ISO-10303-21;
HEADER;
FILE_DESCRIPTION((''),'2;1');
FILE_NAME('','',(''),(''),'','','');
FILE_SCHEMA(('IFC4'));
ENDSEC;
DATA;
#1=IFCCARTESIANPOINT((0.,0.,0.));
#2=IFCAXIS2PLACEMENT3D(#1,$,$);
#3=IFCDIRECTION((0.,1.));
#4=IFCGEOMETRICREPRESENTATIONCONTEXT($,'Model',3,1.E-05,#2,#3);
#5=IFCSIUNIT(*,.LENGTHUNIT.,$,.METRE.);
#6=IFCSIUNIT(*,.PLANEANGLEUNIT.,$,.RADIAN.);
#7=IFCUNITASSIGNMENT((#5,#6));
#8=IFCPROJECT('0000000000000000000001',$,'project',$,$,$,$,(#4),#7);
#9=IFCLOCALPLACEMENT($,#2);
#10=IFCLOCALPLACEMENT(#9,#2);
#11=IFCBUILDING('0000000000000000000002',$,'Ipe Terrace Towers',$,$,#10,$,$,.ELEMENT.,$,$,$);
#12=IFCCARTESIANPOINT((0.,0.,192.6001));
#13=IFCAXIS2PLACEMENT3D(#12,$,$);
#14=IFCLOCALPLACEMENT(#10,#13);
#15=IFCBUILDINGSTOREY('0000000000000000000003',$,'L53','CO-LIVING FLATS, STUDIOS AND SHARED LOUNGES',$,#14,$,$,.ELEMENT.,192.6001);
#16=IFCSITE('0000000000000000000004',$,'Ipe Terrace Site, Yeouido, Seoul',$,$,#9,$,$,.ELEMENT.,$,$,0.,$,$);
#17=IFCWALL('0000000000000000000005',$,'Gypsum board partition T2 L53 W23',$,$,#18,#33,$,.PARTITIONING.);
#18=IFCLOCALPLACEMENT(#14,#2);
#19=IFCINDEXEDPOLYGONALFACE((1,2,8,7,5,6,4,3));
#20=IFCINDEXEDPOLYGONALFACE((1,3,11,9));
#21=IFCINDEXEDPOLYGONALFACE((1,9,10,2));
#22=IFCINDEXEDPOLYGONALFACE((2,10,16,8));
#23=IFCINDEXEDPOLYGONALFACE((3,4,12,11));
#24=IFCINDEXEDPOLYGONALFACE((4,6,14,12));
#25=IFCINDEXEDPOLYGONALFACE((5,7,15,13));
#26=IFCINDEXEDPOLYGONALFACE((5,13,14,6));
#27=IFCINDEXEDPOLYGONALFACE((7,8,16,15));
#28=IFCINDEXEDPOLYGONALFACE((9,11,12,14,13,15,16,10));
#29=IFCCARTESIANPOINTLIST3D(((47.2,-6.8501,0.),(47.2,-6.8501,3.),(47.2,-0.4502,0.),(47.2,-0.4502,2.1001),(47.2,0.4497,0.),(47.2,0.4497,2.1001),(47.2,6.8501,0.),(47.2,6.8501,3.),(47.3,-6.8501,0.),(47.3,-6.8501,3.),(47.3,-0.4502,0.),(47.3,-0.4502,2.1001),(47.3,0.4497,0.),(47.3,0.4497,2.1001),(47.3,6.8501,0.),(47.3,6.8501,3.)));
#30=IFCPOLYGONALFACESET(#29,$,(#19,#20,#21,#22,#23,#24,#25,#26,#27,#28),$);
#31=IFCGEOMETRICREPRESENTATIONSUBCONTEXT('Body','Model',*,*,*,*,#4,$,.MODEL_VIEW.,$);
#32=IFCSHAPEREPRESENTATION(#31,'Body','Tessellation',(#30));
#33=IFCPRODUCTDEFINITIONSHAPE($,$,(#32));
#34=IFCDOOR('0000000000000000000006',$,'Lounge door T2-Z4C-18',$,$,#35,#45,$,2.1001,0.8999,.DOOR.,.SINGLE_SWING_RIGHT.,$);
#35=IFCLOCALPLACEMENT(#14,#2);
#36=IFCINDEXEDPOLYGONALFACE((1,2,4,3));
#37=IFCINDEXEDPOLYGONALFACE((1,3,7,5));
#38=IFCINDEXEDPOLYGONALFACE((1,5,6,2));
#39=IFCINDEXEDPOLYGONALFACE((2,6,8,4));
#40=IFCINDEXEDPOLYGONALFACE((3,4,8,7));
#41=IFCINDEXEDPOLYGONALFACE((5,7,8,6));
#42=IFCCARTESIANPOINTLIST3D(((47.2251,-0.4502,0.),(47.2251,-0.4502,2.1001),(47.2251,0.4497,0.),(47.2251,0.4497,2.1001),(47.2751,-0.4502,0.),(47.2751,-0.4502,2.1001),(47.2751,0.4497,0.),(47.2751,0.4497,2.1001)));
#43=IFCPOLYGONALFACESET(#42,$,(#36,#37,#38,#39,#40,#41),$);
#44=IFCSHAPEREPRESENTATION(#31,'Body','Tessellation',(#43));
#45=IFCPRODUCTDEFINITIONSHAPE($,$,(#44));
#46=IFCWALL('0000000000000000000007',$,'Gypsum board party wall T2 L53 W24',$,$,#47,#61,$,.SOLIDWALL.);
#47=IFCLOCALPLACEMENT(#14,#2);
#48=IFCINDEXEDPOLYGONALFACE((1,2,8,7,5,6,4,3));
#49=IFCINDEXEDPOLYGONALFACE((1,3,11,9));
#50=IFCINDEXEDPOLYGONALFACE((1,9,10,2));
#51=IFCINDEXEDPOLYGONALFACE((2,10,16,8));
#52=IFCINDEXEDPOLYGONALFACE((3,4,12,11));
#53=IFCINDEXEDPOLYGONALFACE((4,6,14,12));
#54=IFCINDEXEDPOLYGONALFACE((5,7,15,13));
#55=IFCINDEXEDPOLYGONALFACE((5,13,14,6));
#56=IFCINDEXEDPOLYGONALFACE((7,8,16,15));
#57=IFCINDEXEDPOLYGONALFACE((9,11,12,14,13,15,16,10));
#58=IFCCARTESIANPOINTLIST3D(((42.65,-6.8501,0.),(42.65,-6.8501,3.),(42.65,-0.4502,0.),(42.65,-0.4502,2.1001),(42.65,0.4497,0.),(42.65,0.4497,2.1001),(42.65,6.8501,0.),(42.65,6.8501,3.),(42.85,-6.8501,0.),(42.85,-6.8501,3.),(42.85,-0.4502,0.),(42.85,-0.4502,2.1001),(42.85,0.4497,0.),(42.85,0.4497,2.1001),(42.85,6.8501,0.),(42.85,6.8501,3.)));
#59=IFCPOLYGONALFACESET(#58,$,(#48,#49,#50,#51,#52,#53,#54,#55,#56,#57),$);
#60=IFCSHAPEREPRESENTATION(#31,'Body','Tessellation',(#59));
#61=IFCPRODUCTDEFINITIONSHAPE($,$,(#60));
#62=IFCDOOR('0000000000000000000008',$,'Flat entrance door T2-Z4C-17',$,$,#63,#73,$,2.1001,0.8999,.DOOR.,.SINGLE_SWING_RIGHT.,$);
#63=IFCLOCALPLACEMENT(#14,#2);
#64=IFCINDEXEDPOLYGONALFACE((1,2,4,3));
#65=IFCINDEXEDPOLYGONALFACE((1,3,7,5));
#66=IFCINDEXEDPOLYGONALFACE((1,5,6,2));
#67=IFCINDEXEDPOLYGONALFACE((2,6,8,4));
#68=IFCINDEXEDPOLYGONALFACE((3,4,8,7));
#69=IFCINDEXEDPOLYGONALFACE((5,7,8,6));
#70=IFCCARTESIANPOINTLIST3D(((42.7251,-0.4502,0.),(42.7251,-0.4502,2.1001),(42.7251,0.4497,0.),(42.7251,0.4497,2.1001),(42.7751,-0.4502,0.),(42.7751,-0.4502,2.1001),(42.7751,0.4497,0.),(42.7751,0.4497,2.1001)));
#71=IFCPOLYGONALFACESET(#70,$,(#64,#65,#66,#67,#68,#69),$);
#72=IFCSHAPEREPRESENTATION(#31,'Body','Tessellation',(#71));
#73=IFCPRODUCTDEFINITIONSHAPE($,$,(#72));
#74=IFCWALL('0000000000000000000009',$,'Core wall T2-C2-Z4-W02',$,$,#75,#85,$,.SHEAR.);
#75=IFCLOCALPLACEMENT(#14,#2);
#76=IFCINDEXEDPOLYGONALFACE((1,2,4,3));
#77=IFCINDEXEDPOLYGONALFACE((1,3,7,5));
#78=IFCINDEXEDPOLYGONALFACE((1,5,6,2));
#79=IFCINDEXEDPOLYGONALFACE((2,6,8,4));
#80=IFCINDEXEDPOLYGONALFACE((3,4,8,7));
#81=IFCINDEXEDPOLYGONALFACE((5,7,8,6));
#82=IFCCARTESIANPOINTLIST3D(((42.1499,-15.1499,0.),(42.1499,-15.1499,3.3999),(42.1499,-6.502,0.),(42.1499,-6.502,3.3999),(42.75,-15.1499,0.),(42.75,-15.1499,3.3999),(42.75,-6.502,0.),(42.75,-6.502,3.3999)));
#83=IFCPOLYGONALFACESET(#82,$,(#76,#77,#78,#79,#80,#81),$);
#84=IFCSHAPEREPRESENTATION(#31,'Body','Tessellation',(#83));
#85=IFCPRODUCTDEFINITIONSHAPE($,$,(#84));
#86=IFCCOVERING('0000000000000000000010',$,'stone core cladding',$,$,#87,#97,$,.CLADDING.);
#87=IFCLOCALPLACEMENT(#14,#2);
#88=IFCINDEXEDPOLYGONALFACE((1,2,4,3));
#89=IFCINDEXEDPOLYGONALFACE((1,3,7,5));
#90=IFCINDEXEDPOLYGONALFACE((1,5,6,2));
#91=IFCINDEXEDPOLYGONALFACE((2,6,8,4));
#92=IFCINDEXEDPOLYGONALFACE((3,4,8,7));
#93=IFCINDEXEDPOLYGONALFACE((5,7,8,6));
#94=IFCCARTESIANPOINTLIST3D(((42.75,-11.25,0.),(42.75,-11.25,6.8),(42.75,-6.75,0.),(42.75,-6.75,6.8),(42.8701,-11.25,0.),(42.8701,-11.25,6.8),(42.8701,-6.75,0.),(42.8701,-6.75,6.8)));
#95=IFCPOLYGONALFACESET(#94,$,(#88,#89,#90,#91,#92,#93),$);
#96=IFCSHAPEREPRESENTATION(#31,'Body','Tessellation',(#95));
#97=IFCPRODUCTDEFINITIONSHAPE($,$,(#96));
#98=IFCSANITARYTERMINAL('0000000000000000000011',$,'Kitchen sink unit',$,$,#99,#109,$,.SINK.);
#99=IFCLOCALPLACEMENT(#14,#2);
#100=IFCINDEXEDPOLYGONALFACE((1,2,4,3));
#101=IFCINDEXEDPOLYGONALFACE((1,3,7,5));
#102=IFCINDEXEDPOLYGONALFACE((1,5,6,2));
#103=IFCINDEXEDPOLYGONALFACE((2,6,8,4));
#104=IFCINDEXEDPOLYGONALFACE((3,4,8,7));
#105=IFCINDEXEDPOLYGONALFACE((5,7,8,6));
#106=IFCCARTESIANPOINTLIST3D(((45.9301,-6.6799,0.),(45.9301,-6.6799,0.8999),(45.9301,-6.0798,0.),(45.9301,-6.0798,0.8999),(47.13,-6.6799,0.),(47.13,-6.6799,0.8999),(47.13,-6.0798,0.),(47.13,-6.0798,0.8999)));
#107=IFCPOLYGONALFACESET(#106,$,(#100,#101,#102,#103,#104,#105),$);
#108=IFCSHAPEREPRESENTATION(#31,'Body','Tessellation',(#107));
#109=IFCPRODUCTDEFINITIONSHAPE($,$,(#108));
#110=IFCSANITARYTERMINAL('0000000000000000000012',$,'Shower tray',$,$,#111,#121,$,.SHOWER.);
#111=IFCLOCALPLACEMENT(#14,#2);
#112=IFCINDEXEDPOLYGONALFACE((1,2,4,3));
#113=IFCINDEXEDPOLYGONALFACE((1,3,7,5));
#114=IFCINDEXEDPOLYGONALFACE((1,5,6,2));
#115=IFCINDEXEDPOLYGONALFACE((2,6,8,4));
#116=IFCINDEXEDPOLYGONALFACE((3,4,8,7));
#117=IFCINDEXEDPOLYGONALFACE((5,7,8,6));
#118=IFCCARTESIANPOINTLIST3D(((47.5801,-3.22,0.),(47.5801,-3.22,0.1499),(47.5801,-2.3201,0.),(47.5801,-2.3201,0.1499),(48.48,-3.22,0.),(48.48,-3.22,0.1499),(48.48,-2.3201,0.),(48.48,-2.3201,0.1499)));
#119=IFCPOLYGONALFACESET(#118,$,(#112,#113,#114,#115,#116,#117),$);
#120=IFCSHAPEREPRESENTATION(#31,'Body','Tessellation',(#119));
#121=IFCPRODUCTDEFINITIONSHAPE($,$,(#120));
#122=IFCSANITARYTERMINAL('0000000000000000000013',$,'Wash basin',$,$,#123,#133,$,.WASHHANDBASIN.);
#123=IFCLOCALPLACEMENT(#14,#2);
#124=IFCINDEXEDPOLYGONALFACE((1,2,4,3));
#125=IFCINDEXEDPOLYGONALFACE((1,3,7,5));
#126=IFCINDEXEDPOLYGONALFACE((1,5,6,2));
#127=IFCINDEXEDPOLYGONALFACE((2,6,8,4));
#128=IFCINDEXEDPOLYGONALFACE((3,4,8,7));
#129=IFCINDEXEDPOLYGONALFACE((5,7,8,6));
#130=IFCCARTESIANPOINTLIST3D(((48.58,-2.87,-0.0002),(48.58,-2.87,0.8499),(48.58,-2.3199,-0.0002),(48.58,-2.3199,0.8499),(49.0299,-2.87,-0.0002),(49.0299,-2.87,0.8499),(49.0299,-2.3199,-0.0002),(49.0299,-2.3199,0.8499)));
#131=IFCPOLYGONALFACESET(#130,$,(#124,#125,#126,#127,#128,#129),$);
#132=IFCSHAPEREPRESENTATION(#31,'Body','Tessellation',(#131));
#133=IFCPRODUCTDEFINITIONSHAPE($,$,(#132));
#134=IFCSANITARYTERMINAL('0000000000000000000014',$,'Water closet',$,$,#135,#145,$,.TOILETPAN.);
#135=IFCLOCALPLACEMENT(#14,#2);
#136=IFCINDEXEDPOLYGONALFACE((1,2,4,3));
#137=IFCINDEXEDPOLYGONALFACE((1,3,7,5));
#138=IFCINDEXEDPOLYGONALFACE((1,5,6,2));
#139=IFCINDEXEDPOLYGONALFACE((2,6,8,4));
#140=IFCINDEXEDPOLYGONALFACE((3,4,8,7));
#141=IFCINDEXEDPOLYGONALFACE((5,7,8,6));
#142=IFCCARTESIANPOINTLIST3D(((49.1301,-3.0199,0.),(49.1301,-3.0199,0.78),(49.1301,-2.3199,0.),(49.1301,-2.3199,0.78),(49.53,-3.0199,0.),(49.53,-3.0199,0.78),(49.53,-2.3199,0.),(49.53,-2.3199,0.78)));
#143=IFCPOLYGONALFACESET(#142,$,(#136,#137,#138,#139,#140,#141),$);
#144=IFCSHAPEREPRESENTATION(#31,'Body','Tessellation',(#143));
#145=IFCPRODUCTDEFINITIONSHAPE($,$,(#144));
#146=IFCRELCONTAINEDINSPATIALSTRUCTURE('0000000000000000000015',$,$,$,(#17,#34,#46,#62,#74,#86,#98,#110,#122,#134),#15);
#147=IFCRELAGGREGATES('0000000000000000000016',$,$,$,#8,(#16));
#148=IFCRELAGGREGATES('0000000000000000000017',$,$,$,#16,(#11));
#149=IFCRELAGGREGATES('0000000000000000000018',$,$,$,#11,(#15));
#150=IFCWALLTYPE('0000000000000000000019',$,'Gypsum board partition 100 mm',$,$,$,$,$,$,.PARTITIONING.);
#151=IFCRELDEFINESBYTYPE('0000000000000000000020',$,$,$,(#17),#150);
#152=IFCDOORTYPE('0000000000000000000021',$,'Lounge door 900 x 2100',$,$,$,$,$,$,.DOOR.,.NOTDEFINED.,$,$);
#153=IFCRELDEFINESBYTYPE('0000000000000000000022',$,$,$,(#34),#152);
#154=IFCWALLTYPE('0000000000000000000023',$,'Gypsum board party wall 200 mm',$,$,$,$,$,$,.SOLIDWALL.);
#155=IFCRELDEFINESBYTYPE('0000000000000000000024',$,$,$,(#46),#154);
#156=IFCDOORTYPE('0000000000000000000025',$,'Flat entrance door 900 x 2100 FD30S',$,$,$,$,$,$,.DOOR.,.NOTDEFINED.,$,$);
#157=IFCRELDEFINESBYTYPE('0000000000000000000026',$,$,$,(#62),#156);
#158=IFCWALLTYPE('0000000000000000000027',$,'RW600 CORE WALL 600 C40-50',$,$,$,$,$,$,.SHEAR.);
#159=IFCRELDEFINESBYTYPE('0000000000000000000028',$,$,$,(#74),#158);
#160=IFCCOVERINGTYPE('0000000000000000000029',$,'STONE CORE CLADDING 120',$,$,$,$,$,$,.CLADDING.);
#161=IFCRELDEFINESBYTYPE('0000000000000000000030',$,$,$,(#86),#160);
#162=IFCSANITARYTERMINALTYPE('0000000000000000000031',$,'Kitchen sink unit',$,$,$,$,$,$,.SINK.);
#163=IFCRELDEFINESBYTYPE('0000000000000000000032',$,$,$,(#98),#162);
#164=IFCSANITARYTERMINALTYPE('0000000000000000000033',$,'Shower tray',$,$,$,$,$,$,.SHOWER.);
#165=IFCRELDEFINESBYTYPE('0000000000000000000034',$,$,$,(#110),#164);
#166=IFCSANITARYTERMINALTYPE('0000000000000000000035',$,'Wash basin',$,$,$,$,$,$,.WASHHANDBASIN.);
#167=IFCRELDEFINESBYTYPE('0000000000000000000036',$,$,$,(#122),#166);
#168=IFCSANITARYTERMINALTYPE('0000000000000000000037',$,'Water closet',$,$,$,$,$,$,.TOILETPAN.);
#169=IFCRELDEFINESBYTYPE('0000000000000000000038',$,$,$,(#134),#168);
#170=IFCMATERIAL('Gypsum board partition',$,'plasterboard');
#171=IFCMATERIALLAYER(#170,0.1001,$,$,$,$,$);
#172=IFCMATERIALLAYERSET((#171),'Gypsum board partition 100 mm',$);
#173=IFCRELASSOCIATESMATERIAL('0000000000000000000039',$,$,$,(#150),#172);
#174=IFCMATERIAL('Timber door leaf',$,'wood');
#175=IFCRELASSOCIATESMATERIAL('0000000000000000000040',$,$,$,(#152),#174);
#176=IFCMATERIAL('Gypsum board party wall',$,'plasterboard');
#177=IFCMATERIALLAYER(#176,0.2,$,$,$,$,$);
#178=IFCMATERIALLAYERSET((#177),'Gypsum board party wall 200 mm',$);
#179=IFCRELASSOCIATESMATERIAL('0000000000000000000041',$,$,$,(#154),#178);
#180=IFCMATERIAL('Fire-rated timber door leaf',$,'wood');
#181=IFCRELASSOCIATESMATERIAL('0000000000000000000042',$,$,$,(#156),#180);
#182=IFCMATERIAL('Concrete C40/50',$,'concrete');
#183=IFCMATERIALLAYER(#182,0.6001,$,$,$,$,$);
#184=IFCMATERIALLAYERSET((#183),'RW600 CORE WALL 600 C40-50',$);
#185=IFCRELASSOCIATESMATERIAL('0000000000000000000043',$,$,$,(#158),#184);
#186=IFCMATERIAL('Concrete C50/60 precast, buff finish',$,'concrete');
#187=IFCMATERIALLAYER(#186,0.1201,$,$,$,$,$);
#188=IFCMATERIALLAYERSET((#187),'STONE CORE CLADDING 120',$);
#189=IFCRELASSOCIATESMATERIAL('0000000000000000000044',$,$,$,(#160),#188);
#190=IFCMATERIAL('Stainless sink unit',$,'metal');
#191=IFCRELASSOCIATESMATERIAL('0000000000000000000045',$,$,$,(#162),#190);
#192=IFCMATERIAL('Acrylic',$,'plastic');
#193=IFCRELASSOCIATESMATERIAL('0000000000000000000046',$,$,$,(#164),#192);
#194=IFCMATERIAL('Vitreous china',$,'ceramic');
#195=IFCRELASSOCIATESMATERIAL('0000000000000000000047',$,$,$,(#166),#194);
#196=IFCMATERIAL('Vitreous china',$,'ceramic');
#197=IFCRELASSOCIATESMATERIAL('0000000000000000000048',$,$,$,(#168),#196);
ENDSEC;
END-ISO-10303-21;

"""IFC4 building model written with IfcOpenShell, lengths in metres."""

from ifc_helpers import new_model, si_unit, direction, frame, frame_2d, origin, origin_2d, place, context, subcontext, project, spatial, rectangle, extrude, material, layer, layer_set, type_object, element, fill, save


model = new_model("IFC4")

# Units and contexts
model_context = context("Model", 3, precision=1e-05, world=origin(), true_north=direction((0.0, 1.0)))
body_context = subcontext(model_context, "Body", "Model", "MODEL_VIEW")
ifc_project = project(units=[si_unit("LENGTHUNIT", "METRE"), si_unit("PLANEANGLEUNIT", "RADIAN")], contexts=[model_context])

# Site, building, storey
site_placement = place(None, origin())
site = spatial("IfcSite", under=ifc_project, at=site_placement, Name="Ipe Terrace Site, Yeouido, Seoul", CompositionType="ELEMENT", RefElevation=0.0)
building_placement = place(site_placement, origin())
building = spatial("IfcBuilding", under=site, at=building_placement, Name="Ipe Terrace Towers", CompositionType="ELEMENT")
storey_placement = place(building_placement, frame((0.0, 0.0, 192.6001)))
storey = spatial("IfcBuildingStorey", under=building, at=storey_placement, Name="L53", Description="CO-LIVING FLATS, STUDIOS AND SHARED LOUNGES", CompositionType="ELEMENT", Elevation=192.6001)

# Shared definitions
ifc_material_1 = material(Name="Gypsum board partition", Category="plasterboard")
ifc_layer_1 = layer(ifc_material_1, 0.1001)
ifc_layer_set_1 = layer_set([ifc_layer_1], Name="Gypsum board partition 100 mm")
wall_type_1 = type_object("IfcWallType", Name="Gypsum board partition 100 mm", PredefinedType="PARTITIONING", material=ifc_layer_set_1)

# Walls, openings, doors
wall_1_placement = place(storey_placement, frame((47.25, -6.8501, 0.0), z_axis=(0.0, 0.0, 1.0), x_axis=(0.0, 1.0, 0.0)))
wall_1 = element("IfcWall", 1, at=wall_1_placement, inside=storey, type_object=wall_type_1, Name="Gypsum board partition T2 L53 W23", PredefinedType="PARTITIONING", context=body_context, shape_type="SweptSolid", body=[
    extrude(rectangle(XDim=13.7002, YDim=0.1001, at=frame_2d((6.8501, 0.0))), origin(), (0.0, 0.0, 1.0), 3.0),
])
opening_1_placement = place(wall_1_placement, frame((6.3999, 0.0, 0.0)))
opening_1 = element("IfcOpeningElement", 2, at=opening_1_placement, cuts=wall_1, PredefinedType="OPENING", context=body_context, shape_type="SweptSolid", body=[
    extrude(rectangle(XDim=0.8999, YDim=2.1001, at=frame_2d((0.45, 1.05))), frame((0.0, 0.0601, 0.0), z_axis=(0.0, -1.0, 0.0), x_axis=(1.0, 0.0, 0.0)), (0.0, 0.0, 1.0), 0.1201),
])
ifc_material_2 = material(Name="Timber door leaf", Category="wood")
door_type_1 = type_object("IfcDoorType", Name="Lounge door 900 x 2100", OperationType="NOTDEFINED", PredefinedType="DOOR", material=ifc_material_2)
door_1_placement = place(opening_1_placement, origin())
door_1 = element("IfcDoor", 3, at=door_1_placement, inside=storey, type_object=door_type_1, Name="Lounge door T2-Z4C-18", OperationType="SINGLE_SWING_RIGHT", OverallHeight=2.1001, OverallWidth=0.8999, PredefinedType="DOOR", context=body_context, shape_type="SweptSolid", body=[
    extrude(rectangle(XDim=0.8999, YDim=2.1001, at=frame_2d((0.45, 1.05))), frame((0.0, 0.0249, 0.0), z_axis=(0.0, -1.0, 0.0), x_axis=(1.0, 0.0, 0.0)), (0.0, 0.0, 1.0), 0.05),
])
fill(opening_1, door_1)
ifc_material_3 = material(Name="Gypsum board party wall", Category="plasterboard")
ifc_layer_2 = layer(ifc_material_3, 0.2)
ifc_layer_set_2 = layer_set([ifc_layer_2], Name="Gypsum board party wall 200 mm")
wall_type_2 = type_object("IfcWallType", Name="Gypsum board party wall 200 mm", PredefinedType="SOLIDWALL", material=ifc_layer_set_2)
wall_2_placement = place(storey_placement, frame((42.75, -6.8501, 0.0), z_axis=(0.0, 0.0, 1.0), x_axis=(0.0, 1.0, 0.0)))
wall_2 = element("IfcWall", 4, at=wall_2_placement, inside=storey, type_object=wall_type_2, Name="Gypsum board party wall T2 L53 W24", PredefinedType="SOLIDWALL", context=body_context, shape_type="SweptSolid", body=[
    extrude(rectangle(XDim=13.7002, YDim=0.2, at=frame_2d((6.8501, 0.0))), origin(), (0.0, 0.0, 1.0), 3.0),
])
opening_2_placement = place(wall_2_placement, frame((6.3999, 0.0, 0.0)))
opening_2 = element("IfcOpeningElement", 5, at=opening_2_placement, cuts=wall_2, PredefinedType="OPENING", context=body_context, shape_type="SweptSolid", body=[
    extrude(rectangle(XDim=0.8999, YDim=2.1001, at=frame_2d((0.45, 1.05))), frame((0.0, 0.1099, 0.0), z_axis=(0.0, -1.0, 0.0), x_axis=(1.0, 0.0, 0.0)), (0.0, 0.0, 1.0), 0.22),
])
ifc_material_4 = material(Name="Fire-rated timber door leaf", Category="wood")
door_type_2 = type_object("IfcDoorType", Name="Flat entrance door 900 x 2100 FD30S", OperationType="NOTDEFINED", PredefinedType="DOOR", material=ifc_material_4)
door_2_placement = place(opening_2_placement, origin())
door_2 = element("IfcDoor", 6, at=door_2_placement, inside=storey, type_object=door_type_2, Name="Flat entrance door T2-Z4C-17", OperationType="SINGLE_SWING_RIGHT", OverallHeight=2.1001, OverallWidth=0.8999, PredefinedType="DOOR", context=body_context, shape_type="SweptSolid", body=[
    extrude(rectangle(XDim=0.8999, YDim=2.1001, at=frame_2d((0.45, 1.05))), frame((0.0, 0.0249, 0.0), z_axis=(0.0, -1.0, 0.0), x_axis=(1.0, 0.0, 0.0)), (0.0, 0.0, 1.0), 0.05),
])
fill(opening_2, door_2)

# Wall
ifc_material_5 = material(Name="Concrete C40/50", Category="concrete")
ifc_layer_3 = layer(ifc_material_5, 0.6001)
ifc_layer_set_3 = layer_set([ifc_layer_3], Name="RW600 CORE WALL 600 C40-50")
wall_type_3 = type_object("IfcWallType", Name="RW600 CORE WALL 600 C40-50", PredefinedType="SHEAR", material=ifc_layer_set_3)
wall_3_placement = place(storey_placement, frame((42.45, -15.1499, 0.0), z_axis=(0.0, 0.0, 1.0), x_axis=(0.0, 1.0, 0.0)))
element("IfcWall", 7, at=wall_3_placement, inside=storey, type_object=wall_type_3, Name="Core wall T2-C2-Z4-W02", PredefinedType="SHEAR", context=body_context, shape_type="SweptSolid", body=[
    extrude(rectangle(XDim=8.6479, YDim=0.6001, at=frame_2d((4.324, 0.0))), origin(), (0.0, 0.0, 1.0), 3.3999),
])

# Covering
ifc_material_6 = material(Name="Concrete C50/60 precast, buff finish", Category="concrete")
ifc_layer_4 = layer(ifc_material_6, 0.1201)
ifc_layer_set_4 = layer_set([ifc_layer_4], Name="STONE CORE CLADDING 120")
covering_type = type_object("IfcCoveringType", Name="STONE CORE CLADDING 120", PredefinedType="CLADDING", material=ifc_layer_set_4)
covering_placement = place(storey_placement, frame((42.8101, -9.0, 0.0), z_axis=(0.0, 0.0, 1.0), x_axis=(0.0, 1.0, 0.0)))
element("IfcCovering", 8, at=covering_placement, inside=storey, type_object=covering_type, Name="stone core cladding", PredefinedType="CLADDING", context=body_context, shape_type="SweptSolid", body=[
    extrude(rectangle(XDim=4.5, YDim=0.1201, at=origin_2d()), origin(), (0.0, 0.0, 1.0), 6.8),
])

# Sanitary terminals
ifc_material_7 = material(Name="Stainless sink unit", Category="metal")
sanitary_terminal_type_1 = type_object("IfcSanitaryTerminalType", Name="Kitchen sink unit", PredefinedType="SINK", material=ifc_material_7)
sanitary_terminal_1_placement = place(storey_placement, frame((46.53, -6.3799, 0.0), z_axis=(0.0, 0.0, 1.0), x_axis=(-1.0, 0.0, 0.0)))
element("IfcSanitaryTerminal", 9, at=sanitary_terminal_1_placement, inside=storey, type_object=sanitary_terminal_type_1, Name="Kitchen sink unit", PredefinedType="SINK", context=body_context, shape_type="SweptSolid", body=[
    extrude(rectangle(XDim=1.2, YDim=0.6001, at=origin_2d()), origin(), (0.0, 0.0, 1.0), 0.8999),
])
ifc_material_8 = material(Name="Acrylic", Category="plastic")
sanitary_terminal_type_2 = type_object("IfcSanitaryTerminalType", Name="Shower tray", PredefinedType="SHOWER", material=ifc_material_8)
sanitary_terminal_2_placement = place(storey_placement, frame((48.03, -2.77, 0.0), z_axis=(0.0, 0.0, 1.0), x_axis=(0.0, -1.0, 0.0)))
element("IfcSanitaryTerminal", 10, at=sanitary_terminal_2_placement, inside=storey, type_object=sanitary_terminal_type_2, Name="Shower tray", PredefinedType="SHOWER", context=body_context, shape_type="SweptSolid", body=[
    extrude(rectangle(XDim=0.8999, YDim=0.8999, at=origin_2d()), origin(), (0.0, 0.0, 1.0), 0.1499),
])
ifc_material_9 = material(Name="Vitreous china", Category="ceramic")
sanitary_terminal_type_3 = type_object("IfcSanitaryTerminalType", Name="Wash basin", PredefinedType="WASHHANDBASIN", material=ifc_material_9)
sanitary_terminal_3_placement = place(storey_placement, frame((48.8049, -2.595, -0.0002), z_axis=(0.0, 0.0, 1.0), x_axis=(0.0, -1.0, 0.0)))
element("IfcSanitaryTerminal", 11, at=sanitary_terminal_3_placement, inside=storey, type_object=sanitary_terminal_type_3, Name="Wash basin", PredefinedType="WASHHANDBASIN", context=body_context, shape_type="SweptSolid", body=[
    extrude(rectangle(XDim=0.55, YDim=0.45, at=origin_2d()), origin(), (0.0, 0.0, 1.0), 0.8501),
])
ifc_material_10 = material(Name="Vitreous china", Category="ceramic")
sanitary_terminal_type_4 = type_object("IfcSanitaryTerminalType", Name="Water closet", PredefinedType="TOILETPAN", material=ifc_material_10)
sanitary_terminal_4_placement = place(storey_placement, frame((49.3301, -2.6699, 0.0), z_axis=(0.0, 0.0, 1.0), x_axis=(0.0, -1.0, 0.0)))
element("IfcSanitaryTerminal", 12, at=sanitary_terminal_4_placement, inside=storey, type_object=sanitary_terminal_type_4, Name="Water closet", PredefinedType="TOILETPAN", context=body_context, shape_type="SweptSolid", body=[
    extrude(rectangle(XDim=0.7, YDim=0.3999, at=origin_2d()), origin(), (0.0, 0.0, 1.0), 0.78),
])

save(model, "model.ifc")
